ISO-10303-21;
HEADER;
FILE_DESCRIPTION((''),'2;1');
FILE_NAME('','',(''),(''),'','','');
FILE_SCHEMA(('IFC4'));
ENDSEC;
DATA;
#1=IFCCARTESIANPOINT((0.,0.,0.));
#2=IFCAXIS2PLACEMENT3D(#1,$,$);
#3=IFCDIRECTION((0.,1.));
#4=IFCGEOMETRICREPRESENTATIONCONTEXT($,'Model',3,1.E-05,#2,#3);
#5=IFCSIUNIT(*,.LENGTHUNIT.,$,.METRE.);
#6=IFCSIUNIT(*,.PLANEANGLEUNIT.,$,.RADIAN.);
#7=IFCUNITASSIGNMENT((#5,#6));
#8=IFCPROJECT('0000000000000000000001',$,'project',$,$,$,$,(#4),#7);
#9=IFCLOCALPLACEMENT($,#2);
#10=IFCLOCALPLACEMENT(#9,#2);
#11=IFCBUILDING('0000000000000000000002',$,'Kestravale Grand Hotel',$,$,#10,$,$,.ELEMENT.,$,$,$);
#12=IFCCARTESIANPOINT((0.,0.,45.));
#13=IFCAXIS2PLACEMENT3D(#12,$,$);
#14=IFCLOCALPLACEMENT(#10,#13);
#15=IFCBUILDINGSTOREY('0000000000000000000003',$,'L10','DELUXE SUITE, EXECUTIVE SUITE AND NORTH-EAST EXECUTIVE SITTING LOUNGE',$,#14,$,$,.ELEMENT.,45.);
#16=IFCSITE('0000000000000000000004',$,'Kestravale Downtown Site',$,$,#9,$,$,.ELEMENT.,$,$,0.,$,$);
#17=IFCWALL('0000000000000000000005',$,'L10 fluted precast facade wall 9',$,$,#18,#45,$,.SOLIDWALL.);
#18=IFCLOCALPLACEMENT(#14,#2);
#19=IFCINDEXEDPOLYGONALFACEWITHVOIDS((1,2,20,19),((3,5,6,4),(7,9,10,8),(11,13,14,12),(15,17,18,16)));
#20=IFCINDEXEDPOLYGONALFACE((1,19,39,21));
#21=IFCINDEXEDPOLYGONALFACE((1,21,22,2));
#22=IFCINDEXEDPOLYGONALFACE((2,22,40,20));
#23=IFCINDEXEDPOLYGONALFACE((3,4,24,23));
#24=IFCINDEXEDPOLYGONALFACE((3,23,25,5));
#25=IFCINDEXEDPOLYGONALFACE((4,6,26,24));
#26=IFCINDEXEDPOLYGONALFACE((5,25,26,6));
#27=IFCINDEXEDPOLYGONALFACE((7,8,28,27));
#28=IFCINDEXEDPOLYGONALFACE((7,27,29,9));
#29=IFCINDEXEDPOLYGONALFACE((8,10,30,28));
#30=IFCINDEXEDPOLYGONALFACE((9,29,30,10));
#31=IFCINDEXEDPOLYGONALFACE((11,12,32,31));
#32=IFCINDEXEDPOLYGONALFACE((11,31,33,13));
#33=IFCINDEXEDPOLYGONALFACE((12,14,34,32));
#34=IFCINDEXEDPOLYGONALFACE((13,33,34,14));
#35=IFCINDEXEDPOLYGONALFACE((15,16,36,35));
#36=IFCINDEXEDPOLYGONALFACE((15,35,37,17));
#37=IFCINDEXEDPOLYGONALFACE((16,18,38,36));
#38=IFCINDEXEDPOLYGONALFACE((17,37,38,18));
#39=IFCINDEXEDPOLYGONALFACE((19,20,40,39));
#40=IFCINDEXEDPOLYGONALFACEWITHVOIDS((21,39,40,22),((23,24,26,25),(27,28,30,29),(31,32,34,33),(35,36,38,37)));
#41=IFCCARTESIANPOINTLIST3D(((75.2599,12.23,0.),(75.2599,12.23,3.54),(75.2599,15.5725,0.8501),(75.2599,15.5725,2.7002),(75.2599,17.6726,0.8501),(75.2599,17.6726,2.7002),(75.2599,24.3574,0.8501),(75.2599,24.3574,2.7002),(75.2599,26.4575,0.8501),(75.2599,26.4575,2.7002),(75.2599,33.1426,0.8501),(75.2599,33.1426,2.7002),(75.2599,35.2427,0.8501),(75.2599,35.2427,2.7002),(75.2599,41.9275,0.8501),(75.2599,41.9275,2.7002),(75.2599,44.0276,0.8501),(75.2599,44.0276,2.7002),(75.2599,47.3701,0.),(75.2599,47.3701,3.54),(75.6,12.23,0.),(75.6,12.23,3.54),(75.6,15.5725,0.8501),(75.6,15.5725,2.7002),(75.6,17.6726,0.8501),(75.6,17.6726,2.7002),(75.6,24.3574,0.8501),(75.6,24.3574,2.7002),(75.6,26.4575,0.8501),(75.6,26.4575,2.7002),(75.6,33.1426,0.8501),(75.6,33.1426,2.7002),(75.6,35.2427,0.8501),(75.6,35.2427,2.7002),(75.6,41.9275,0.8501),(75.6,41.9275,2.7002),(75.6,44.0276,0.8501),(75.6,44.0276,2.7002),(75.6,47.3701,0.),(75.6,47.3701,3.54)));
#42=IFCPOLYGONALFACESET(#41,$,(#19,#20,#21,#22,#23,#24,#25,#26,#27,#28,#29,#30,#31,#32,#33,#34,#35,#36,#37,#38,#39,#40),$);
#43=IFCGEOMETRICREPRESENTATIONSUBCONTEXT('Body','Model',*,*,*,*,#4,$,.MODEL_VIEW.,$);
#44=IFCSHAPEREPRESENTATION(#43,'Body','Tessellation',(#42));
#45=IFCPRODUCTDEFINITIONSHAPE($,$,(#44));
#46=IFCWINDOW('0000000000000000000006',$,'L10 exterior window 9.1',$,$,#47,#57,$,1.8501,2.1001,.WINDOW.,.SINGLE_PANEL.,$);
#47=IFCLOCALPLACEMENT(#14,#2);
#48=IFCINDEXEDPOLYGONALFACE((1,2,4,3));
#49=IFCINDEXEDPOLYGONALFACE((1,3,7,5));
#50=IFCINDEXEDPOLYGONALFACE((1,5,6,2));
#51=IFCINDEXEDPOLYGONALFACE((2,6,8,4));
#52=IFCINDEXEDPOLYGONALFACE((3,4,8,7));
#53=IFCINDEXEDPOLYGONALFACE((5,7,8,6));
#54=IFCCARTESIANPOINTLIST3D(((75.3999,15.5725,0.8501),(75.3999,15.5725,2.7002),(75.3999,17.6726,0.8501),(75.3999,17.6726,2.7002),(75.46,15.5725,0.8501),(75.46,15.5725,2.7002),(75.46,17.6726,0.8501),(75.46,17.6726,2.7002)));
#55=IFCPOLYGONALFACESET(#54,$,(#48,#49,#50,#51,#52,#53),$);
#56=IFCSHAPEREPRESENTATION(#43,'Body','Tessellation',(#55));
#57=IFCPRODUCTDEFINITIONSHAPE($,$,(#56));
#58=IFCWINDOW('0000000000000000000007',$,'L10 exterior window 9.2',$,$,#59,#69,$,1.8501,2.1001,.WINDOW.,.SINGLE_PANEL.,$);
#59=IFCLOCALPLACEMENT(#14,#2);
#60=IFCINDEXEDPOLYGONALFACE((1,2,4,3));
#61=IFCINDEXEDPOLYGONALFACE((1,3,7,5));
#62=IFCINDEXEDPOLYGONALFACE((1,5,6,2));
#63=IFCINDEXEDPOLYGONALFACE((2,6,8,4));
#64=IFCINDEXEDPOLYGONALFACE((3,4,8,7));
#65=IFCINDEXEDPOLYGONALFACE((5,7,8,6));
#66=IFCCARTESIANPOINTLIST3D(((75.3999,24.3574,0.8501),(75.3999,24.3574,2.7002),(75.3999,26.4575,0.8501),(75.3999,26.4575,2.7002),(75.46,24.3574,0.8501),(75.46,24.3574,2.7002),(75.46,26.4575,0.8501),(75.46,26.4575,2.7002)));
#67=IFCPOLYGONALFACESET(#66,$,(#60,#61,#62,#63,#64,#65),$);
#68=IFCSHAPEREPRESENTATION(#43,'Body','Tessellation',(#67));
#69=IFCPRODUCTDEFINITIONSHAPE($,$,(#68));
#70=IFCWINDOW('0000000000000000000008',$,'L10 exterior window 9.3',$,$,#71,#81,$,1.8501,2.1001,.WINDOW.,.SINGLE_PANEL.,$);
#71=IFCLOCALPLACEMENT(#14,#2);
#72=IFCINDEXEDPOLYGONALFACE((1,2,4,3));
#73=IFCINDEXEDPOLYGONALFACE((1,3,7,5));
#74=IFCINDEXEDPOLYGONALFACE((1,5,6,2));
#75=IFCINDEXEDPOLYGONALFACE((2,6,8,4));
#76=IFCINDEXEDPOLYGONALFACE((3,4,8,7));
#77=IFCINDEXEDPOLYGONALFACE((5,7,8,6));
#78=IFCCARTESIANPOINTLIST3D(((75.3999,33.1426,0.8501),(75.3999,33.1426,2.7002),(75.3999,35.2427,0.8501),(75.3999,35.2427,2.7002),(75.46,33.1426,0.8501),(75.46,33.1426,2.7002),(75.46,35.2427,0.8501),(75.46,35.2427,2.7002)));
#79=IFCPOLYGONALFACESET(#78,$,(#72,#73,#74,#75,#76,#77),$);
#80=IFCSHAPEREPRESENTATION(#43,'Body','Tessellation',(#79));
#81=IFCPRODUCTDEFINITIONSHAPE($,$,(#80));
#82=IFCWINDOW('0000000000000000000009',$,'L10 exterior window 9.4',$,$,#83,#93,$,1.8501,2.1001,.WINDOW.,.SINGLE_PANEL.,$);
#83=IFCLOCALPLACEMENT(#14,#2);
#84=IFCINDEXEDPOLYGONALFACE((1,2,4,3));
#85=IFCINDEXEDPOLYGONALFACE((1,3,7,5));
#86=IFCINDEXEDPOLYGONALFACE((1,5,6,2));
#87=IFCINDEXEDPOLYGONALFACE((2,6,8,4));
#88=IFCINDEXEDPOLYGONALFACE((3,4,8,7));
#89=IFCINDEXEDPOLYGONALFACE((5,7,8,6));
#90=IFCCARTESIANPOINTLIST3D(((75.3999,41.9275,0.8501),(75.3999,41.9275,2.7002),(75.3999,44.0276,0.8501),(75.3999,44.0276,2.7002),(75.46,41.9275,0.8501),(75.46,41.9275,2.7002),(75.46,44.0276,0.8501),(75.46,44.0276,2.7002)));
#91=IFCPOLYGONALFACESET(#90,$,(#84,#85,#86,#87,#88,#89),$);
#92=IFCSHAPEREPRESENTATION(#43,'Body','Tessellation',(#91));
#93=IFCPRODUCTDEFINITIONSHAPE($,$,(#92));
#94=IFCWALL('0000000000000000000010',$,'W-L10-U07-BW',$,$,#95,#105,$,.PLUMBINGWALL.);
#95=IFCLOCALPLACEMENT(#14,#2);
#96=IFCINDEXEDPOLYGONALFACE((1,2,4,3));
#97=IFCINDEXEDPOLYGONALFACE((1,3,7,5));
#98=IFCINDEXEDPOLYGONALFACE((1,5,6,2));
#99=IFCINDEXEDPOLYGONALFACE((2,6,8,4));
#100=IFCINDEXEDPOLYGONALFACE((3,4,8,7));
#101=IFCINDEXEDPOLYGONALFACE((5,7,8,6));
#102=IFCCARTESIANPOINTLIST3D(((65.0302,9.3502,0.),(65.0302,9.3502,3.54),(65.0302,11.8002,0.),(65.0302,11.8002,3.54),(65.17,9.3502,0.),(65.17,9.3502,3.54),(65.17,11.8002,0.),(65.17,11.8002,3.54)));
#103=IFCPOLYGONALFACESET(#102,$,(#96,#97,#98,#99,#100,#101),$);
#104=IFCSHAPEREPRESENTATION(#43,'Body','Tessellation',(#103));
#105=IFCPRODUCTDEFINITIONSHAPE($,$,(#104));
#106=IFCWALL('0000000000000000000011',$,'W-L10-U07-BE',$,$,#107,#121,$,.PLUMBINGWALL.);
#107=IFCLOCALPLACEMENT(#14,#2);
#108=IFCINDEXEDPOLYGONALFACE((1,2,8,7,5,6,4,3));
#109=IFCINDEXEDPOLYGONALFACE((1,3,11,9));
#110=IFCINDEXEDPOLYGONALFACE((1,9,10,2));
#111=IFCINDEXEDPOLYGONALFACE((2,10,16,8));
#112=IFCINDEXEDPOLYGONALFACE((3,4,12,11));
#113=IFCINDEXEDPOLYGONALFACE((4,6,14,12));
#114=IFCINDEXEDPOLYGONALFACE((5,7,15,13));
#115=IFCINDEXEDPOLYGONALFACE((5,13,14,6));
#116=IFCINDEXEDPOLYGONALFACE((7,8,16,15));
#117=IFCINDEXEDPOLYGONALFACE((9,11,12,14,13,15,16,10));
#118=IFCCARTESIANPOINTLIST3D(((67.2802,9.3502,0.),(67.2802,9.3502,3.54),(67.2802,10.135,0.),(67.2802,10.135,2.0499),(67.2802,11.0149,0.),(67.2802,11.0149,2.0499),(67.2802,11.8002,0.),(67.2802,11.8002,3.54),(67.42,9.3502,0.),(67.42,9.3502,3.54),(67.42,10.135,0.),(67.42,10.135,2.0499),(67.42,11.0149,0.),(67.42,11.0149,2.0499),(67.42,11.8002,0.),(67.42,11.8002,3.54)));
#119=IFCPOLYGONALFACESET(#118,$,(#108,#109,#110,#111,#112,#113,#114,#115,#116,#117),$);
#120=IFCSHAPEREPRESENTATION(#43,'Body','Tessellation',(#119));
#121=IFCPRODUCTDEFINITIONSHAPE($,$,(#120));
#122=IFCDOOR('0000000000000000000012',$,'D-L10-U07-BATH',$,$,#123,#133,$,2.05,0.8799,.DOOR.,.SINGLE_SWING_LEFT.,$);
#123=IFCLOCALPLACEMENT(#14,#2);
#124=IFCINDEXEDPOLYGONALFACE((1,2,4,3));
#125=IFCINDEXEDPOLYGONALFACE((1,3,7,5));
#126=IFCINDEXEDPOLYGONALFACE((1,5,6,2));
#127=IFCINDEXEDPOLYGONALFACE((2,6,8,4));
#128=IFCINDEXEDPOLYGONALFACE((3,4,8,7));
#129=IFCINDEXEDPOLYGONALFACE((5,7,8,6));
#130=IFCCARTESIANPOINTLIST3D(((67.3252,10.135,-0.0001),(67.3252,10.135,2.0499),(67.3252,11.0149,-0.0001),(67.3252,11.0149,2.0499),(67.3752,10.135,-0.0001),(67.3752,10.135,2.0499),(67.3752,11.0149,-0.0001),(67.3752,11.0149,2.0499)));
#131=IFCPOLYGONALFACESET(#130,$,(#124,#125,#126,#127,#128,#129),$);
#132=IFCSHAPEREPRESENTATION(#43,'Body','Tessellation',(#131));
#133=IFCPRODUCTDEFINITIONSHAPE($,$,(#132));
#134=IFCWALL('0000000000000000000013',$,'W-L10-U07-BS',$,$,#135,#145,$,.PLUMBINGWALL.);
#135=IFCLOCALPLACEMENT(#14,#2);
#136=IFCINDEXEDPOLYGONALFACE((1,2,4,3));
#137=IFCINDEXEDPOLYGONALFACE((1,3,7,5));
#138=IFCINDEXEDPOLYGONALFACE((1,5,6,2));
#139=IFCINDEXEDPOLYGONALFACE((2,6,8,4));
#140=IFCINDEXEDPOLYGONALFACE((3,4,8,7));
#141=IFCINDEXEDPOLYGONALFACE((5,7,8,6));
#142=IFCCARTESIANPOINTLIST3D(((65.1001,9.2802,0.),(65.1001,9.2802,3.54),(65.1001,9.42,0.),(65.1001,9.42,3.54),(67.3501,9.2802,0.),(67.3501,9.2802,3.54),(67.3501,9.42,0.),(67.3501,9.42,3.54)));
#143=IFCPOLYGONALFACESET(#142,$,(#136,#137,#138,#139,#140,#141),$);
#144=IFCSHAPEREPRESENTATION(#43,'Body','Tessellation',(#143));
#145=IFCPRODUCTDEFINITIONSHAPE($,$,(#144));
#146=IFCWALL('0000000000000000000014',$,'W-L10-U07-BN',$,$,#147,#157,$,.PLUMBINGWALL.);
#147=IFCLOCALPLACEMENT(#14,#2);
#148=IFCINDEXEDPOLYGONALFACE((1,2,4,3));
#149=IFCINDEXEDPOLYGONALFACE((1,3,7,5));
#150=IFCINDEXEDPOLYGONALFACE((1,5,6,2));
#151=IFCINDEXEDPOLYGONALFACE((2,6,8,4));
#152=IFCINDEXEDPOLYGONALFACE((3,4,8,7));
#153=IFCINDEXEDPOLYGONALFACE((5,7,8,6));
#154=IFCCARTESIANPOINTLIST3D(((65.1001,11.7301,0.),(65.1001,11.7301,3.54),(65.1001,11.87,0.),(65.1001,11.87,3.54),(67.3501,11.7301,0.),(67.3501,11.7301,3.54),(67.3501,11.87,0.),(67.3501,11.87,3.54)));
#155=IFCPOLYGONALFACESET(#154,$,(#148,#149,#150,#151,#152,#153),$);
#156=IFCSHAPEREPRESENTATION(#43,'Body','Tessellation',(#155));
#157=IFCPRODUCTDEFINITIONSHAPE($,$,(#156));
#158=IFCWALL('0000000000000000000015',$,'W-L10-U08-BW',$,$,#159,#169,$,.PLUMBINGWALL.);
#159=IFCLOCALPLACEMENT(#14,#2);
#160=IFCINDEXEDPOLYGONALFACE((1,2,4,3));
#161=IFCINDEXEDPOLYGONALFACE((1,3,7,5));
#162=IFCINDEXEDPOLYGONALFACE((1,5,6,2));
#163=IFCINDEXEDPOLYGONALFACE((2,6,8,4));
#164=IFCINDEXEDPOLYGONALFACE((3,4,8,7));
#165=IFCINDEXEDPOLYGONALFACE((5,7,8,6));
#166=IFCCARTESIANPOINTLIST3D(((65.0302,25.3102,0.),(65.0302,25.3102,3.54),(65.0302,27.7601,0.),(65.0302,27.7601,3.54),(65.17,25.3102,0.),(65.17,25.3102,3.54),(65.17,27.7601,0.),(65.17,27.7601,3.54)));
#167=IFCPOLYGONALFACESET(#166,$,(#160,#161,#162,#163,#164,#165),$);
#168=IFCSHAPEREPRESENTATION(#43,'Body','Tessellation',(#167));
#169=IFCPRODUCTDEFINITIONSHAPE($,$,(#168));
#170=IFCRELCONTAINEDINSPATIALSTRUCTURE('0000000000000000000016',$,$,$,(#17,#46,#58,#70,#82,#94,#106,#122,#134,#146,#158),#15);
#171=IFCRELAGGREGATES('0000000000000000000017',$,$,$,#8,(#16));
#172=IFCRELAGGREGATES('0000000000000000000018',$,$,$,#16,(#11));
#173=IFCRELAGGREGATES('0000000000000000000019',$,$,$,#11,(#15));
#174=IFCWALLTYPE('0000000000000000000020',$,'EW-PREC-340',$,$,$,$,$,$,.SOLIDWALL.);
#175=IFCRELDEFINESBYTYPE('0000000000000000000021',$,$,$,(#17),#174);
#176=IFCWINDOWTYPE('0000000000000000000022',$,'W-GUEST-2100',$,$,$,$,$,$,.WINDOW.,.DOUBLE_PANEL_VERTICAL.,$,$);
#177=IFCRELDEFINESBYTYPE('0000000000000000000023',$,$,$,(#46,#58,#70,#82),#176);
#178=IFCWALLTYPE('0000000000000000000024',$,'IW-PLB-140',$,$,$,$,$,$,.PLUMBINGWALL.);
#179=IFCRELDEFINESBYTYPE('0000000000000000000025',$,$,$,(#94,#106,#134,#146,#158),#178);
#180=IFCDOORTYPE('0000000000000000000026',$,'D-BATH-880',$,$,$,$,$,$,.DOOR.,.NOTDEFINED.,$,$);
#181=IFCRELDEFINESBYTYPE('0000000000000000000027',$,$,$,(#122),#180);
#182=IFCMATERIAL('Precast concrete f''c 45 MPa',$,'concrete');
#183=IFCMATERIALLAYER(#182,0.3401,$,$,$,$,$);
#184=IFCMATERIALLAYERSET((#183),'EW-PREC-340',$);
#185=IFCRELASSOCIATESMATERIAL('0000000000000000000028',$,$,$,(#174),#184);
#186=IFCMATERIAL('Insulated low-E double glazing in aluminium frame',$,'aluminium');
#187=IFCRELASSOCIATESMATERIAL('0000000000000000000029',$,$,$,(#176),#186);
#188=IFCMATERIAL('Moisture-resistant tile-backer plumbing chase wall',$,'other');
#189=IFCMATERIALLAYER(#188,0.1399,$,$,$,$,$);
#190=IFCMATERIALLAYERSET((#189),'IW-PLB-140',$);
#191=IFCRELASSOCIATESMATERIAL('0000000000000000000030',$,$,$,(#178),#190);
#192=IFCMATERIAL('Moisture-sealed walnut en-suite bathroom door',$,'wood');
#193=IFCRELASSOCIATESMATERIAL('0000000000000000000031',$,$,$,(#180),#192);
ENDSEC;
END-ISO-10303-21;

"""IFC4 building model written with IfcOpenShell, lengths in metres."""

from ifc_helpers import new_model, si_unit, direction, frame, frame_2d, origin, place, context, subcontext, project, spatial, rectangle, extrude, material, layer, layer_set, type_object, element, fill, save


model = new_model("IFC4")

# Units and contexts
model_context = context("Model", 3, precision=1e-05, world=origin(), true_north=direction((0.0, 1.0)))
body_context = subcontext(model_context, "Body", "Model", "MODEL_VIEW")
ifc_project = project(units=[si_unit("LENGTHUNIT", "METRE"), si_unit("PLANEANGLEUNIT", "RADIAN")], contexts=[model_context])

# Site, building, storey
site_placement = place(None, origin())
site = spatial("IfcSite", under=ifc_project, at=site_placement, Name="Kestravale Downtown Site", CompositionType="ELEMENT", RefElevation=0.0)
building_placement = place(site_placement, origin())
building = spatial("IfcBuilding", under=site, at=building_placement, Name="Kestravale Grand Hotel", CompositionType="ELEMENT")
storey_placement = place(building_placement, frame((0.0, 0.0, 45.0)))
storey = spatial("IfcBuildingStorey", under=building, at=storey_placement, Name="L10", Description="DELUXE SUITE, EXECUTIVE SUITE AND NORTH-EAST EXECUTIVE SITTING LOUNGE", CompositionType="ELEMENT", Elevation=45.0)

# Shared definitions
ifc_material_1 = material(Name="Precast concrete f'c 45 MPa", Category="concrete")
ifc_layer_1 = layer(ifc_material_1, 0.3401)
ifc_layer_set_1 = layer_set([ifc_layer_1], Name="EW-PREC-340")
wall_type_1 = type_object("IfcWallType", Name="EW-PREC-340", PredefinedType="SOLIDWALL", material=ifc_layer_set_1)
ifc_material_2 = material(Name="Insulated low-E double glazing in aluminium frame", Category="aluminium")
window_type = type_object("IfcWindowType", Name="W-GUEST-2100", PartitioningType="DOUBLE_PANEL_VERTICAL", PredefinedType="WINDOW", material=ifc_material_2)

# Wall, openings, windows
wall_1_placement = place(storey_placement, frame((75.4299, 12.23, 0.0), z_axis=(0.0, 0.0, 1.0), x_axis=(0.0, 1.0, 0.0)))
wall_1 = element("IfcWall", 1, at=wall_1_placement, inside=storey, type_object=wall_type_1, Name="L10 fluted precast facade wall 9", PredefinedType="SOLIDWALL", context=body_context, shape_type="SweptSolid", body=[
    extrude(rectangle(XDim=35.1401, YDim=0.3401, at=frame_2d((17.5701, 0.0))), origin(), (0.0, 0.0, 1.0), 3.54),
])
opening_1_placement = place(wall_1_placement, frame((3.3425, 0.0, 0.8501)))
opening_1 = element("IfcOpeningElement", 2, at=opening_1_placement, cuts=wall_1, PredefinedType="OPENING", context=body_context, shape_type="SweptSolid", body=[
    extrude(rectangle(XDim=2.1001, YDim=1.8501, at=frame_2d((1.05, 0.925))), frame((0.0, 0.1799, 0.0), z_axis=(0.0, -1.0, 0.0), x_axis=(1.0, 0.0, 0.0)), (0.0, 0.0, 1.0), 0.3601),
])
opening_2_placement = place(wall_1_placement, frame((12.1274, 0.0, 0.8501)))
opening_2 = element("IfcOpeningElement", 3, at=opening_2_placement, cuts=wall_1, PredefinedType="OPENING", context=body_context, shape_type="SweptSolid", body=[
    extrude(rectangle(XDim=2.1001, YDim=1.8501, at=frame_2d((1.05, 0.925))), frame((0.0, 0.1799, 0.0), z_axis=(0.0, -1.0, 0.0), x_axis=(1.0, 0.0, 0.0)), (0.0, 0.0, 1.0), 0.3601),
])
opening_3_placement = place(wall_1_placement, frame((20.9126, 0.0, 0.8501)))
opening_3 = element("IfcOpeningElement", 4, at=opening_3_placement, cuts=wall_1, PredefinedType="OPENING", context=body_context, shape_type="SweptSolid", body=[
    extrude(rectangle(XDim=2.1001, YDim=1.8501, at=frame_2d((1.05, 0.925))), frame((0.0, 0.1799, 0.0), z_axis=(0.0, -1.0, 0.0), x_axis=(1.0, 0.0, 0.0)), (0.0, 0.0, 1.0), 0.3601),
])
opening_4_placement = place(wall_1_placement, frame((29.6975, 0.0, 0.8501)))
opening_4 = element("IfcOpeningElement", 5, at=opening_4_placement, cuts=wall_1, PredefinedType="OPENING", context=body_context, shape_type="SweptSolid", body=[
    extrude(rectangle(XDim=2.1001, YDim=1.8501, at=frame_2d((1.05, 0.925))), frame((0.0, 0.1799, 0.0), z_axis=(0.0, -1.0, 0.0), x_axis=(1.0, 0.0, 0.0)), (0.0, 0.0, 1.0), 0.3601),
])
window_1_placement = place(opening_1_placement, origin())
window_1 = element("IfcWindow", 6, at=window_1_placement, inside=storey, type_object=window_type, Name="L10 exterior window 9.1", OverallHeight=1.8501, OverallWidth=2.1001, PartitioningType="SINGLE_PANEL", PredefinedType="WINDOW", context=body_context, shape_type="SweptSolid", body=[
    extrude(rectangle(XDim=2.1001, YDim=1.8501, at=frame_2d((1.05, 0.925))), frame((0.0, 0.03, 0.0), z_axis=(0.0, -1.0, 0.0), x_axis=(1.0, 0.0, 0.0)), (0.0, 0.0, 1.0), 0.0601),
])
fill(opening_1, window_1)
window_2_placement = place(opening_2_placement, origin())
window_2 = element("IfcWindow", 7, at=window_2_placement, inside=storey, type_object=window_type, Name="L10 exterior window 9.2", OverallHeight=1.8501, OverallWidth=2.1001, PartitioningType="SINGLE_PANEL", PredefinedType="WINDOW", context=body_context, shape_type="SweptSolid", body=[
    extrude(rectangle(XDim=2.1001, YDim=1.8501, at=frame_2d((1.05, 0.925))), frame((0.0, 0.03, 0.0), z_axis=(0.0, -1.0, 0.0), x_axis=(1.0, 0.0, 0.0)), (0.0, 0.0, 1.0), 0.0601),
])
fill(opening_2, window_2)
window_3_placement = place(opening_3_placement, origin())
window_3 = element("IfcWindow", 8, at=window_3_placement, inside=storey, type_object=window_type, Name="L10 exterior window 9.3", OverallHeight=1.8501, OverallWidth=2.1001, PartitioningType="SINGLE_PANEL", PredefinedType="WINDOW", context=body_context, shape_type="SweptSolid", body=[
    extrude(rectangle(XDim=2.1001, YDim=1.8501, at=frame_2d((1.05, 0.925))), frame((0.0, 0.03, 0.0), z_axis=(0.0, -1.0, 0.0), x_axis=(1.0, 0.0, 0.0)), (0.0, 0.0, 1.0), 0.0601),
])
fill(opening_3, window_3)
window_4_placement = place(opening_4_placement, origin())
window_4 = element("IfcWindow", 9, at=window_4_placement, inside=storey, type_object=window_type, Name="L10 exterior window 9.4", OverallHeight=1.8501, OverallWidth=2.1001, PartitioningType="SINGLE_PANEL", PredefinedType="WINDOW", context=body_context, shape_type="SweptSolid", body=[
    extrude(rectangle(XDim=2.1001, YDim=1.8501, at=frame_2d((1.05, 0.925))), frame((0.0, 0.03, 0.0), z_axis=(0.0, -1.0, 0.0), x_axis=(1.0, 0.0, 0.0)), (0.0, 0.0, 1.0), 0.0601),
])
fill(opening_4, window_4)

# Wall
ifc_material_3 = material(Name="Moisture-resistant tile-backer plumbing chase wall", Category="other")
ifc_layer_2 = layer(ifc_material_3, 0.1399)
ifc_layer_set_2 = layer_set([ifc_layer_2], Name="IW-PLB-140")
wall_type_2 = type_object("IfcWallType", Name="IW-PLB-140", PredefinedType="PLUMBINGWALL", material=ifc_layer_set_2)
wall_2_placement = place(storey_placement, frame((65.1001, 9.3501, 0.0), z_axis=(0.0, 0.0, 1.0), x_axis=(0.0, 1.0, 0.0)))
element("IfcWall", 10, at=wall_2_placement, inside=storey, type_object=wall_type_2, Name="W-L10-U07-BW", PredefinedType="PLUMBINGWALL", context=body_context, shape_type="SweptSolid", body=[
    extrude(rectangle(XDim=2.45, YDim=0.1399, at=frame_2d((1.2251, 0.0))), origin(), (0.0, 0.0, 1.0), 3.54),
])

# Wall, opening, door
wall_3_placement = place(storey_placement, frame((67.3501, 9.3501, 0.0), z_axis=(0.0, 0.0, 1.0), x_axis=(0.0, 1.0, 0.0)))
wall_3 = element("IfcWall", 11, at=wall_3_placement, inside=storey, type_object=wall_type_2, Name="W-L10-U07-BE", PredefinedType="PLUMBINGWALL", context=body_context, shape_type="SweptSolid", body=[
    extrude(rectangle(XDim=2.45, YDim=0.1399, at=frame_2d((1.2251, 0.0))), origin(), (0.0, 0.0, 1.0), 3.54),
])
opening_5_placement = place(wall_3_placement, frame((0.7849, 0.0, 0.0)))
opening_5 = element("IfcOpeningElement", 12, at=opening_5_placement, cuts=wall_3, PredefinedType="OPENING", context=body_context, shape_type="SweptSolid", body=[
    extrude(rectangle(XDim=0.8799, YDim=2.05, at=frame_2d((0.4399, 1.0249))), frame((0.0, 0.0798, 0.0), z_axis=(0.0, -1.0, 0.0), x_axis=(1.0, 0.0, 0.0)), (0.0, 0.0, 1.0), 0.1599),
])
ifc_material_4 = material(Name="Moisture-sealed walnut en-suite bathroom door", Category="wood")
door_type = type_object("IfcDoorType", Name="D-BATH-880", OperationType="NOTDEFINED", PredefinedType="DOOR", material=ifc_material_4)
door_1_placement = place(opening_5_placement, origin())
door_1 = element("IfcDoor", 13, at=door_1_placement, inside=storey, type_object=door_type, Name="D-L10-U07-BATH", OperationType="SINGLE_SWING_LEFT", OverallHeight=2.05, OverallWidth=0.8799, PredefinedType="DOOR", context=body_context, shape_type="SweptSolid", body=[
    extrude(rectangle(XDim=0.8799, YDim=2.05, at=frame_2d((0.4399, 1.0249))), frame((0.0, 0.0249, 0.0), z_axis=(0.0, -1.0, 0.0), x_axis=(1.0, 0.0, 0.0)), (0.0, 0.0, 1.0), 0.05),
])
fill(opening_5, door_1)

# Walls
for number, where, z_axis, x_axis, name in (
    (14, (65.1001, 9.3501, 0.0), (0.0, 0.0, 1.0), (1.0, 0.0, 0.0), "W-L10-U07-BS"),
    (15, (65.1001, 11.8, 0.0), (0.0, 0.0, 1.0), (1.0, 0.0, 0.0), "W-L10-U07-BN"),
):
    element("IfcWall", number, at=place(storey_placement, frame(where, z_axis=z_axis, x_axis=x_axis)), inside=storey, type_object=wall_type_2, Name=name, PredefinedType="PLUMBINGWALL", context=body_context, shape_type="SweptSolid", body=[
        extrude(rectangle(XDim=2.25, YDim=0.1399, at=frame_2d((1.125, 0.0))), origin(), (0.0, 0.0, 1.0), 3.54),
    ])
wall_4_placement = place(storey_placement, frame((65.1001, 25.3101, 0.0), z_axis=(0.0, 0.0, 1.0), x_axis=(0.0, 1.0, 0.0)))
element("IfcWall", 16, at=wall_4_placement, inside=storey, type_object=wall_type_2, Name="W-L10-U08-BW", PredefinedType="PLUMBINGWALL", context=body_context, shape_type="SweptSolid", body=[
    extrude(rectangle(XDim=2.45, YDim=0.1399, at=frame_2d((1.2251, 0.0))), origin(), (0.0, 0.0, 1.0), 3.54),
])

save(model, "model.ifc")
